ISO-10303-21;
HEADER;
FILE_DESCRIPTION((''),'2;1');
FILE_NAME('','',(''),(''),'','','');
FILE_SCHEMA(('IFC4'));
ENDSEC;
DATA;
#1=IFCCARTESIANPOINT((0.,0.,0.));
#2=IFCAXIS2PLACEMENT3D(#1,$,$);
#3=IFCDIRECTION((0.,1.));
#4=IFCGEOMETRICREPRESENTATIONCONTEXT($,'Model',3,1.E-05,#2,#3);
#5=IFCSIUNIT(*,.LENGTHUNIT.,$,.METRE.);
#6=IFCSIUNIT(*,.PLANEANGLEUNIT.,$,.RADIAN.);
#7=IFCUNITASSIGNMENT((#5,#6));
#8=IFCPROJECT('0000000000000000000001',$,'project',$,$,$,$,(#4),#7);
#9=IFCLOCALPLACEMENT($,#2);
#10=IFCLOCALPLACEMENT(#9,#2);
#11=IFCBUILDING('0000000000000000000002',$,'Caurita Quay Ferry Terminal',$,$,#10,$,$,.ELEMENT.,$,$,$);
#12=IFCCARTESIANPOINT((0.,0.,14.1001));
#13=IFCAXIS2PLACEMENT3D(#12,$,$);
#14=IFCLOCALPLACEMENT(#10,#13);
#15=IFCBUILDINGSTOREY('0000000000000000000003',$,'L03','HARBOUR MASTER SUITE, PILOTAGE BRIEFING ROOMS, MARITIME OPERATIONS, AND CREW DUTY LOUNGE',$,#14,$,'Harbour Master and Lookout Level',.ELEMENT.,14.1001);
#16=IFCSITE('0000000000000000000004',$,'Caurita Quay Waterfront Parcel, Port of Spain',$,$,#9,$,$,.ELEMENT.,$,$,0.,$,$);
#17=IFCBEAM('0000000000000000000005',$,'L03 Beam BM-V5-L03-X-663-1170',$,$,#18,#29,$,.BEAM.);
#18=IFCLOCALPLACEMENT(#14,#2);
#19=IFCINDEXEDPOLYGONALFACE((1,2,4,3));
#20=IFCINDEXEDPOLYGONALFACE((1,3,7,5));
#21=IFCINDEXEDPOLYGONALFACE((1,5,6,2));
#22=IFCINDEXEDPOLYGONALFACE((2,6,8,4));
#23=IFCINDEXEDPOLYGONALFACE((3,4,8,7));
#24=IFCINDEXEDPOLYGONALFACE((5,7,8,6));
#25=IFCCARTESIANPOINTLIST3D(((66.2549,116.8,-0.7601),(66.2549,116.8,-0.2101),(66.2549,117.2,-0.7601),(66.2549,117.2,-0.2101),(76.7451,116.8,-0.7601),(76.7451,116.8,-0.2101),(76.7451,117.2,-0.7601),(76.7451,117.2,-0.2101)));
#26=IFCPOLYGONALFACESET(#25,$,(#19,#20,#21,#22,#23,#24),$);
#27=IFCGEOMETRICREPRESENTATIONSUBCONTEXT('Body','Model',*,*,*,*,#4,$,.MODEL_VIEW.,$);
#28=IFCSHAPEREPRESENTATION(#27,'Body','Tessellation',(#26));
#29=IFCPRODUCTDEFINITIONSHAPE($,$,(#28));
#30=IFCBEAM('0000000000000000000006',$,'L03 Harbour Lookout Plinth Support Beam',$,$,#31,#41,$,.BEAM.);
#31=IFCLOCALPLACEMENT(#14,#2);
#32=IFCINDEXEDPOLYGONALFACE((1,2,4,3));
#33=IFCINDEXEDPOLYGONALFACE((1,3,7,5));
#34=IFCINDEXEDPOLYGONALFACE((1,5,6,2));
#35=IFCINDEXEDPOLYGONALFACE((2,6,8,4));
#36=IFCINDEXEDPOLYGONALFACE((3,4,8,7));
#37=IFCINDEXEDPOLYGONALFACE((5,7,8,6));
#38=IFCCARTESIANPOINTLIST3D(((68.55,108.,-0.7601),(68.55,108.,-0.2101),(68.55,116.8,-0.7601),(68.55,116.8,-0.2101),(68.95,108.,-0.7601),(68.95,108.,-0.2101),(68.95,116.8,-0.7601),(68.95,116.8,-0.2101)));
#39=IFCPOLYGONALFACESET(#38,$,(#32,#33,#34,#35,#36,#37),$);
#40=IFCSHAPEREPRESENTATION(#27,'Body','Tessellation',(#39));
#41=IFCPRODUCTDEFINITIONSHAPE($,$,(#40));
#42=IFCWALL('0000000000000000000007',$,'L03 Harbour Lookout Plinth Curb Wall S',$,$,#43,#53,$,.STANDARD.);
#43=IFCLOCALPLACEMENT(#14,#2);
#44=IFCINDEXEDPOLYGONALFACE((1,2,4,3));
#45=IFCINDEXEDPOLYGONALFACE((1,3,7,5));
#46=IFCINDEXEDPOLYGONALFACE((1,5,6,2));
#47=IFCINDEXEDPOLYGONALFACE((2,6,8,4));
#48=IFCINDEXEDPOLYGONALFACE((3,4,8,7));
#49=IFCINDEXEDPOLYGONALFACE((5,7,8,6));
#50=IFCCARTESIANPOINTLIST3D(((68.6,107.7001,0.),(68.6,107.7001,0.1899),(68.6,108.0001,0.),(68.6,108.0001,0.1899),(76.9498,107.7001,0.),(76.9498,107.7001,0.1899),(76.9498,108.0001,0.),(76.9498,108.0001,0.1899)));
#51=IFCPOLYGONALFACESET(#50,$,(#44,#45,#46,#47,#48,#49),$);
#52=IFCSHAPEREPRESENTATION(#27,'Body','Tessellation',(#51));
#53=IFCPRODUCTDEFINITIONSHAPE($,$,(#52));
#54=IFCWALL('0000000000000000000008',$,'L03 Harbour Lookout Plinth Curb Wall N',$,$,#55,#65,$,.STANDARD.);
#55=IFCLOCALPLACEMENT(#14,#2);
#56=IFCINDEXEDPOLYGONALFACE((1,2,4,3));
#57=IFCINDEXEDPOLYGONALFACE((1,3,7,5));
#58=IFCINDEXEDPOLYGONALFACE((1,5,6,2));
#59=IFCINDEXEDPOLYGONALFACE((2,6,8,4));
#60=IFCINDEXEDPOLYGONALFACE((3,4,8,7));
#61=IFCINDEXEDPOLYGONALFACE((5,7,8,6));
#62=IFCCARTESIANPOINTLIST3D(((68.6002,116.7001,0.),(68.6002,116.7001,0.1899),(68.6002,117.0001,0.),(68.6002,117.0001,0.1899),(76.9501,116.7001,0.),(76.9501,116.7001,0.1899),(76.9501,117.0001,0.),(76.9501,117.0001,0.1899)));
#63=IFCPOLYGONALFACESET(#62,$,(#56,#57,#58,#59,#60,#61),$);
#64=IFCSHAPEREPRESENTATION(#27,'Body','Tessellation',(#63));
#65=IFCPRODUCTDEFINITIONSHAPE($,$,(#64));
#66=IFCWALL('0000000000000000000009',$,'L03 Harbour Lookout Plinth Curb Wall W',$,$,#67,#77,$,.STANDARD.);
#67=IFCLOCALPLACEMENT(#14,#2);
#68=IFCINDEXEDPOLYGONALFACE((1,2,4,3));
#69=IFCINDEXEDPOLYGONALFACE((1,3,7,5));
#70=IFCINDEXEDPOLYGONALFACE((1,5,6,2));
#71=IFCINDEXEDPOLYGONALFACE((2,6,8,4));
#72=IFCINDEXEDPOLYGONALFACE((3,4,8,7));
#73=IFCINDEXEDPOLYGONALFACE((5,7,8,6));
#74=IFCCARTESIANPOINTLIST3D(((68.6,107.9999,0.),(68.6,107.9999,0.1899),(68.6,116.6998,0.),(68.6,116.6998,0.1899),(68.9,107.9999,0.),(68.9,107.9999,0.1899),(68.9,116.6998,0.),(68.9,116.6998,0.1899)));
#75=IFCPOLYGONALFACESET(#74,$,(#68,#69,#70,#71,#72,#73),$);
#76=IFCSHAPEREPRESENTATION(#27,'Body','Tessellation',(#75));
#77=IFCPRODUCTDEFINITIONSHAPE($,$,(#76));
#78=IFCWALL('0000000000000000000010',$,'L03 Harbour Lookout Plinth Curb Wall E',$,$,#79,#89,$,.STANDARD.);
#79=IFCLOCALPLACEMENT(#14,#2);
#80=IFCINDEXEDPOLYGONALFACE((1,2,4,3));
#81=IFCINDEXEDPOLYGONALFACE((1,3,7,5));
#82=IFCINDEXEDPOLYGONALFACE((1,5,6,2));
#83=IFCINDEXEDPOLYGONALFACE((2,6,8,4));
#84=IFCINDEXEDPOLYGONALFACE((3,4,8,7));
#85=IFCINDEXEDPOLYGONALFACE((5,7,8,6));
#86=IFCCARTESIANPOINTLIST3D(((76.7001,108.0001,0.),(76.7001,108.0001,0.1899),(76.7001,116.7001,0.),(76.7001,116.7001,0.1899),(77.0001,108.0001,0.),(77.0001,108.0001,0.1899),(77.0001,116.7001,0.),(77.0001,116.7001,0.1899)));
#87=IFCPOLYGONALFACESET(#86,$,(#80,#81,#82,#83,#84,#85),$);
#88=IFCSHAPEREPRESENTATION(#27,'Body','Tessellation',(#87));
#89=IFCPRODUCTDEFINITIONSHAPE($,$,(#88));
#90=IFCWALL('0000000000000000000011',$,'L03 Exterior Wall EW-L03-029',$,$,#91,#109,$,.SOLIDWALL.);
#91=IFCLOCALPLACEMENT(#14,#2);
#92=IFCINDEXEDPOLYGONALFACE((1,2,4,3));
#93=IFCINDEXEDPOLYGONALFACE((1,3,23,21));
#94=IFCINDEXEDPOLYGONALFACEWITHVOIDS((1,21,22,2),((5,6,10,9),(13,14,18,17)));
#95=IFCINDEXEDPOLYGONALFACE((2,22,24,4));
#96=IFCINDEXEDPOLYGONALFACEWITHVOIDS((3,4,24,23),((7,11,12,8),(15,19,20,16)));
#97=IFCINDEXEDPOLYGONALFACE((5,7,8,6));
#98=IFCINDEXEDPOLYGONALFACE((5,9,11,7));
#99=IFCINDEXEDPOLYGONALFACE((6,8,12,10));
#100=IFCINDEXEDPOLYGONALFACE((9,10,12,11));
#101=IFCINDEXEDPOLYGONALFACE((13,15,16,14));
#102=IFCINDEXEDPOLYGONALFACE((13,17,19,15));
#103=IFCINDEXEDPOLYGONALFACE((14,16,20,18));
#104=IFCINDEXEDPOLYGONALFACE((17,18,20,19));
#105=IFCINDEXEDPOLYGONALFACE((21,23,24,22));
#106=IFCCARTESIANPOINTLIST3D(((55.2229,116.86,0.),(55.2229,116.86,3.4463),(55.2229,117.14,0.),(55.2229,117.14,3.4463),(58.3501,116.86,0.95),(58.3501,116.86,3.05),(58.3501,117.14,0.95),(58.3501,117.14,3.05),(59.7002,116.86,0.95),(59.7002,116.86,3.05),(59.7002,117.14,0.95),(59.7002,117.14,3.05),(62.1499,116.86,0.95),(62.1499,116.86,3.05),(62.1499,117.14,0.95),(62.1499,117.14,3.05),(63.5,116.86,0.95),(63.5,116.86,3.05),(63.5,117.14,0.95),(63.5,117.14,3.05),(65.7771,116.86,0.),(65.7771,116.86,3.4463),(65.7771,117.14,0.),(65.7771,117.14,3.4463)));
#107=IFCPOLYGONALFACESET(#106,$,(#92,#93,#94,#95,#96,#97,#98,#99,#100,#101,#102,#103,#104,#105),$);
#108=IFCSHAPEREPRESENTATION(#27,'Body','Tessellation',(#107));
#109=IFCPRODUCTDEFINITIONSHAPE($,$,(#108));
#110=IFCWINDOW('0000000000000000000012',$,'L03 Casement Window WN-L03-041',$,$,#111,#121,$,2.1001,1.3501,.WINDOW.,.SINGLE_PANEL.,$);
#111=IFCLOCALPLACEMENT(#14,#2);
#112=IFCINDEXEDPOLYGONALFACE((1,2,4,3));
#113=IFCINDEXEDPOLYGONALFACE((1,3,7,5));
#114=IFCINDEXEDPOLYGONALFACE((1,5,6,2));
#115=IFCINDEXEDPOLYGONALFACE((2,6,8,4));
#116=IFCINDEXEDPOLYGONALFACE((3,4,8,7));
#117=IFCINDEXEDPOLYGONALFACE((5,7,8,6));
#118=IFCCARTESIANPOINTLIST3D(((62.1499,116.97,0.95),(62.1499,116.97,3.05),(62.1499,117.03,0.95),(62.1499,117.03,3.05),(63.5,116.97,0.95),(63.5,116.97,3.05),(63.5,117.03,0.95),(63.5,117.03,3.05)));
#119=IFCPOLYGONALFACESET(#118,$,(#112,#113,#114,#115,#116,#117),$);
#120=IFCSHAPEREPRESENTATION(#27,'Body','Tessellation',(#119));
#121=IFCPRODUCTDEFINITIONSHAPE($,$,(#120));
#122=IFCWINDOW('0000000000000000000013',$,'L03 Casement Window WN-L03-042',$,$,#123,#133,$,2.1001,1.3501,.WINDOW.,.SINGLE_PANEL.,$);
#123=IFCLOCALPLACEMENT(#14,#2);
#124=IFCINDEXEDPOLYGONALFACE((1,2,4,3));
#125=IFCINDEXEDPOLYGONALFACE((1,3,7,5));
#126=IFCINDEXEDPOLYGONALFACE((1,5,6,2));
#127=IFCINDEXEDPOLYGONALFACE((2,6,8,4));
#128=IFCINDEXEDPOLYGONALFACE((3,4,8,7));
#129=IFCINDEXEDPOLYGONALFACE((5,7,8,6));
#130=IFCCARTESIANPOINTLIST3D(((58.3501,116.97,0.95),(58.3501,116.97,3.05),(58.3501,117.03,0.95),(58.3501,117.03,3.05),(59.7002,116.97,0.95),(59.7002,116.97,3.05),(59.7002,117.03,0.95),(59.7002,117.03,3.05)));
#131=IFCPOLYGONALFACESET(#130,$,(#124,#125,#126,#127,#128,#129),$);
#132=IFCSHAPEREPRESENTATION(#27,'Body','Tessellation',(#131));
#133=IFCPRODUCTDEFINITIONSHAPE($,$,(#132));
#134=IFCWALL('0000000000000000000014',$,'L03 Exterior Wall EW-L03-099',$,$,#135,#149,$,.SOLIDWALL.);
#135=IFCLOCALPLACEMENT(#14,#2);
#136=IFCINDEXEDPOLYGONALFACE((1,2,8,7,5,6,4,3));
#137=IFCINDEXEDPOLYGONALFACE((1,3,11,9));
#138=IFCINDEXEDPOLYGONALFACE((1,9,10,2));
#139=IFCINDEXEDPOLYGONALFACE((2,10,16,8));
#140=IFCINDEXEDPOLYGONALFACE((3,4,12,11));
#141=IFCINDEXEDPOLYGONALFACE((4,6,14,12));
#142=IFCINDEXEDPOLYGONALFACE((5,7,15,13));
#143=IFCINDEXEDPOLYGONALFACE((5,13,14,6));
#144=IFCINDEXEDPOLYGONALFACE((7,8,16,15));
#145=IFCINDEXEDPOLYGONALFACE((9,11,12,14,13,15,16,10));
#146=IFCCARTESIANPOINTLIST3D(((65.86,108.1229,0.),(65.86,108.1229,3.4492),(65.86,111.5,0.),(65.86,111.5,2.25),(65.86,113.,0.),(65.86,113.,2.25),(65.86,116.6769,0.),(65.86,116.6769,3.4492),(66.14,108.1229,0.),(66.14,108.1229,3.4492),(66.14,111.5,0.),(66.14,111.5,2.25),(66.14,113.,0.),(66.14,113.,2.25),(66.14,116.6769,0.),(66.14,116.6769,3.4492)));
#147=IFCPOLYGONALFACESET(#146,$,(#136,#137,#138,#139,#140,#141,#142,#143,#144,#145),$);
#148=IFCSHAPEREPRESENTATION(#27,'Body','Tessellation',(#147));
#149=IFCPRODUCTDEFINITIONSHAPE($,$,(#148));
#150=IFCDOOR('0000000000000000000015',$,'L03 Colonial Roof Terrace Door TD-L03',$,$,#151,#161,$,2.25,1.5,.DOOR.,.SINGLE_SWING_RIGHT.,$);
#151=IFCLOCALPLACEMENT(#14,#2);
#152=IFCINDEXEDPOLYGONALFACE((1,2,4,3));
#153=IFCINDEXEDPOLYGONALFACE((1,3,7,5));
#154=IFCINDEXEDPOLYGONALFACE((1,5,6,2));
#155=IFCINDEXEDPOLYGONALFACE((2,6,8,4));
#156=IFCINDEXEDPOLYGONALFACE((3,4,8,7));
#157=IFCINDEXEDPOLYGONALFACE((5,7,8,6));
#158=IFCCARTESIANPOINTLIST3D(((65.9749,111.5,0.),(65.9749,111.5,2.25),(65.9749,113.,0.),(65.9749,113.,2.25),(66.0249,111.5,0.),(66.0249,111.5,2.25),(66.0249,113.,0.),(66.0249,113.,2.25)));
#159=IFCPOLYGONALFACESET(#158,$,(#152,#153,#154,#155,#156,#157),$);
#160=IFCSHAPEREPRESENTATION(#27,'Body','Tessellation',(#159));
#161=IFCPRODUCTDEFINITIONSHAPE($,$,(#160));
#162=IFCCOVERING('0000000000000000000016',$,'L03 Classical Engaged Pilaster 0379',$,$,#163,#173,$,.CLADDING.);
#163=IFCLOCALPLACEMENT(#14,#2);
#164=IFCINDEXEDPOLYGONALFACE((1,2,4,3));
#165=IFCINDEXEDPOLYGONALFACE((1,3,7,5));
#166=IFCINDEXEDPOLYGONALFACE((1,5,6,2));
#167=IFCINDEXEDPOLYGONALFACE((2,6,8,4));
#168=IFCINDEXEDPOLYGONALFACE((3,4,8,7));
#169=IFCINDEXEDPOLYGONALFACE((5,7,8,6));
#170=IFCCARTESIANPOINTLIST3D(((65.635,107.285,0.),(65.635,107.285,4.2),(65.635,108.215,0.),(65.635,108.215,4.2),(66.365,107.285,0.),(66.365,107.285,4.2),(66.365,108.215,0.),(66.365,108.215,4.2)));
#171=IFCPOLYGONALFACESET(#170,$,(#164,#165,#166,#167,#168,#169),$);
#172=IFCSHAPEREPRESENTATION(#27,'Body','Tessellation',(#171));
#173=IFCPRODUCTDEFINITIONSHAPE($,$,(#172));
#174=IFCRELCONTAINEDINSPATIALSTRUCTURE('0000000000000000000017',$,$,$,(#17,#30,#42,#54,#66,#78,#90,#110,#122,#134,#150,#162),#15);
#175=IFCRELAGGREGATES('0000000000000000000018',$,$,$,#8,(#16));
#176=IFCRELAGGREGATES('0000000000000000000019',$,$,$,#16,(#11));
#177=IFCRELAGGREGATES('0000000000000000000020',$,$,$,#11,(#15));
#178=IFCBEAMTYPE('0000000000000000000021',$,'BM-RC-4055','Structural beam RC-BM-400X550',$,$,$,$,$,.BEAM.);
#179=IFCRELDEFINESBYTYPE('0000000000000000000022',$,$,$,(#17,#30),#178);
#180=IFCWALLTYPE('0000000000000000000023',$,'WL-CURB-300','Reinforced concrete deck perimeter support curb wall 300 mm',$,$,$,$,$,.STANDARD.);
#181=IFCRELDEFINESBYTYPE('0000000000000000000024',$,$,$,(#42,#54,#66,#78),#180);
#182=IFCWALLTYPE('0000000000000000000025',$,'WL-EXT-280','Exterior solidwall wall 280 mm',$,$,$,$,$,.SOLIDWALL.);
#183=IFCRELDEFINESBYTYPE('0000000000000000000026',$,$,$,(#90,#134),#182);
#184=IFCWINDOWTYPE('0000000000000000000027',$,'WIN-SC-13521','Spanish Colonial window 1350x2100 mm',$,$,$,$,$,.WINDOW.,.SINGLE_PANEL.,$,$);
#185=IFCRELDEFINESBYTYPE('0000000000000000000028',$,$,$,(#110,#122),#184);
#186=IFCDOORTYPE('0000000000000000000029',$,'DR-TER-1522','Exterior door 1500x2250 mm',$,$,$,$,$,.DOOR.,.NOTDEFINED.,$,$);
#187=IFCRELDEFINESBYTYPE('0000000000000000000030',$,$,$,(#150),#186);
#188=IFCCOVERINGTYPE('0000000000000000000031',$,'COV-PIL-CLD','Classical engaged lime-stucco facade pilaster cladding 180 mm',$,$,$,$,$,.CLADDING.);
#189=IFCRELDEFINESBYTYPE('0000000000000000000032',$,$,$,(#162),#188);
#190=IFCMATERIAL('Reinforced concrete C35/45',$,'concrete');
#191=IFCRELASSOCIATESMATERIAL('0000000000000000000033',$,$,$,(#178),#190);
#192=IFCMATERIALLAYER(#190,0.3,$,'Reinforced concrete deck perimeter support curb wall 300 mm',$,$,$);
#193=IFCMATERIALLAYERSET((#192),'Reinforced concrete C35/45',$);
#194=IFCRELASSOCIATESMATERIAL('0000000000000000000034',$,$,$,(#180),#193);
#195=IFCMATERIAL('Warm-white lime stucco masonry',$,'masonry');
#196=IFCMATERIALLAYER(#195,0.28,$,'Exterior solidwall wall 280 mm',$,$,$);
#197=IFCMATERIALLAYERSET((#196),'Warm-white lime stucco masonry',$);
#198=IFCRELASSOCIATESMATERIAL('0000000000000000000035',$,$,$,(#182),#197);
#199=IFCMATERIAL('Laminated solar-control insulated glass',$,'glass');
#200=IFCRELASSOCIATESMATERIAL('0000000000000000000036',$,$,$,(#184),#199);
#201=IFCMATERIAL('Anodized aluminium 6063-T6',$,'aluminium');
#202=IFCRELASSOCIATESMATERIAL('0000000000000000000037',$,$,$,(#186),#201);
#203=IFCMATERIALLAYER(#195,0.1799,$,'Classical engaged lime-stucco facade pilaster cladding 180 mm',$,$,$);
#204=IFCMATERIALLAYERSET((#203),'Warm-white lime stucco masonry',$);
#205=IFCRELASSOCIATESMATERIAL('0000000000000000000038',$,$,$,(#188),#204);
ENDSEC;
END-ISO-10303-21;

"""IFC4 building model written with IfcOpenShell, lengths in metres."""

from ifc_helpers import new_model, si_unit, direction, frame, frame_2d, origin, origin_2d, place, context, subcontext, project, spatial, rectangle, extrude, material, layer, layer_set, material_profile, profile_set, type_object, element, fill, save


model = new_model("IFC4")

# Units and contexts
model_context = context("Model", 3, precision=1e-05, world=origin(), true_north=direction((0.0, 1.0)))
body_context = subcontext(model_context, "Body", "Model", "MODEL_VIEW")
ifc_project = project(units=[si_unit("LENGTHUNIT", "METRE"), si_unit("PLANEANGLEUNIT", "RADIAN")], contexts=[model_context])

# Site, building, storey
site_placement = place(None, origin())
site = spatial("IfcSite", under=ifc_project, at=site_placement, Name="Caurita Quay Waterfront Parcel, Port of Spain", CompositionType="ELEMENT", RefElevation=0.0)
building_placement = place(site_placement, origin())
building = spatial("IfcBuilding", under=site, at=building_placement, Name="Caurita Quay Ferry Terminal", CompositionType="ELEMENT")
storey_placement = place(building_placement, frame((0.0, 0.0, 14.1001)))
storey = spatial("IfcBuildingStorey", under=building, at=storey_placement, Name="L03", Description="HARBOUR MASTER SUITE, PILOTAGE BRIEFING ROOMS, MARITIME OPERATIONS, AND CREW DUTY LOUNGE", LongName="Harbour Master and Lookout Level", CompositionType="ELEMENT", Elevation=14.1001)

# Shared definitions
ifc_material_1 = material(Name="Reinforced concrete C35/45", Category="concrete")

# Beams
ifc_material_profile_1 = material_profile(ifc_material_1, rectangle(XDim=0.3999, YDim=0.55, at=origin_2d()), Name="RC-BM-400X550")
ifc_profile_set_1 = profile_set([ifc_material_profile_1], Name="Reinforced concrete C35/45")
beam_type_1 = type_object("IfcBeamType", Name="BM-RC-4055", Description="Structural beam RC-BM-400X550", PredefinedType="BEAM", material=ifc_profile_set_1)
for number, where, z_axis, x_axis, name in (
    (1, (66.2549, 117.0, -0.4851), (1.0, 0.0, 0.0), (0.0, 1.0, 0.0), "L03 Beam BM-V5-L03-X-663-1170"),
):
    element("IfcBeam", number, at=place(storey_placement, frame(where, z_axis=z_axis, x_axis=x_axis)), inside=storey, type_object=beam_type_1, Name=name, PredefinedType="BEAM", context=body_context, shape_type="SweptSolid", body=[
        extrude(rectangle(XDim=0.3999, YDim=0.55, at=origin_2d()), origin(), (0.0, 0.0, 1.0), 10.4902),
    ])
beam_1_placement = place(storey_placement, frame((68.75, 108.0, -0.4851), z_axis=(0.0, 1.0, 0.0), x_axis=(-1.0, 0.0, 0.0)))
element("IfcBeam", 2, at=beam_1_placement, inside=storey, type_object=beam_type_1, Name="L03 Harbour Lookout Plinth Support Beam", PredefinedType="BEAM", context=body_context, shape_type="SweptSolid", body=[
    extrude(rectangle(XDim=0.3999, YDim=0.55, at=origin_2d()), origin(), (0.0, 0.0, 1.0), 8.8),
])

# Walls
ifc_layer_1 = layer(ifc_material_1, 0.3, Name="Reinforced concrete deck perimeter support curb wall 300 mm")
ifc_layer_set_1 = layer_set([ifc_layer_1], Name="Reinforced concrete C35/45")
wall_type_1 = type_object("IfcWallType", Name="WL-CURB-300", Description="Reinforced concrete deck perimeter support curb wall 300 mm", PredefinedType="STANDARD", material=ifc_layer_set_1)
for number, where, z_axis, x_axis, name in (
    (3, (68.6001, 107.8501, 0.0), (0.0, 0.0, 1.0), (1.0, 0.0, 0.0), "L03 Harbour Lookout Plinth Curb Wall S"),
    (4, (76.95, 116.8501, 0.0), (0.0, 0.0, 1.0), (-1.0, 0.0, 0.0), "L03 Harbour Lookout Plinth Curb Wall N"),
):
    element("IfcWall", number, at=place(storey_placement, frame(where, z_axis=z_axis, x_axis=x_axis)), inside=storey, type_object=wall_type_1, Name=name, PredefinedType="STANDARD", context=body_context, shape_type="SweptSolid", body=[
        extrude(rectangle(XDim=8.3499, YDim=0.3, at=frame_2d((4.1748, 0.0))), origin(), (0.0, 0.0, 1.0), 0.1899),
    ])
for number, where, z_axis, x_axis, name in (
    (5, (68.75, 116.7, 0.0), (0.0, 0.0, 1.0), (0.0, -1.0, 0.0), "L03 Harbour Lookout Plinth Curb Wall W"),
    (6, (76.8501, 108.0, 0.0), (0.0, 0.0, 1.0), (0.0, 1.0, 0.0), "L03 Harbour Lookout Plinth Curb Wall E"),
):
    element("IfcWall", number, at=place(storey_placement, frame(where, z_axis=z_axis, x_axis=x_axis)), inside=storey, type_object=wall_type_1, Name=name, PredefinedType="STANDARD", context=body_context, shape_type="SweptSolid", body=[
        extrude(rectangle(XDim=8.7, YDim=0.3, at=frame_2d((4.3501, 0.0))), origin(), (0.0, 0.0, 1.0), 0.1899),
    ])

# Wall, openings, windows
ifc_material_2 = material(Name="Warm-white lime stucco masonry", Category="masonry")
ifc_layer_2 = layer(ifc_material_2, 0.28, Name="Exterior solidwall wall 280 mm")
ifc_layer_set_2 = layer_set([ifc_layer_2], Name="Warm-white lime stucco masonry")
wall_type_2 = type_object("IfcWallType", Name="WL-EXT-280", Description="Exterior solidwall wall 280 mm", PredefinedType="SOLIDWALL", material=ifc_layer_set_2)
wall_1_placement = place(storey_placement, frame((65.7771, 117.0, 0.0), z_axis=(0.0, 0.0, 1.0), x_axis=(-1.0, 0.0, 0.0)))
wall_1 = element("IfcWall", 7, at=wall_1_placement, inside=storey, type_object=wall_type_2, Name="L03 Exterior Wall EW-L03-029", PredefinedType="SOLIDWALL", context=body_context, shape_type="SweptSolid", body=[
    extrude(rectangle(XDim=10.5542, YDim=0.28, at=frame_2d((5.2771, 0.0))), origin(), (0.0, 0.0, 1.0), 3.4463),
])
opening_1_placement = place(wall_1_placement, frame((2.2771, 0.0, 0.95)))
opening_1 = element("IfcOpeningElement", 8, at=opening_1_placement, cuts=wall_1, PredefinedType="OPENING", context=body_context, shape_type="SweptSolid", body=[
    extrude(rectangle(XDim=1.3501, YDim=2.1001, at=frame_2d((0.675, 1.05))), frame((0.0, 0.1499, 0.0), z_axis=(0.0, -1.0, 0.0), x_axis=(1.0, 0.0, 0.0)), (0.0, 0.0, 1.0), 0.3),
])
opening_2_placement = place(wall_1_placement, frame((6.0769, 0.0, 0.95)))
opening_2 = element("IfcOpeningElement", 9, at=opening_2_placement, cuts=wall_1, PredefinedType="OPENING", context=body_context, shape_type="SweptSolid", body=[
    extrude(rectangle(XDim=1.3501, YDim=2.1001, at=frame_2d((0.675, 1.05))), frame((0.0, 0.1499, 0.0), z_axis=(0.0, -1.0, 0.0), x_axis=(1.0, 0.0, 0.0)), (0.0, 0.0, 1.0), 0.3),
])
ifc_material_3 = material(Name="Laminated solar-control insulated glass", Category="glass")
window_type = type_object("IfcWindowType", Name="WIN-SC-13521", Description="Spanish Colonial window 1350x2100 mm", PartitioningType="SINGLE_PANEL", PredefinedType="WINDOW", material=ifc_material_3)
window_1_placement = place(opening_1_placement, origin())
window_1 = element("IfcWindow", 10, at=window_1_placement, inside=storey, type_object=window_type, Name="L03 Casement Window WN-L03-041", OverallHeight=2.1001, OverallWidth=1.3501, PartitioningType="SINGLE_PANEL", PredefinedType="WINDOW", context=body_context, shape_type="SweptSolid", body=[
    extrude(rectangle(XDim=1.3501, YDim=2.1001, at=frame_2d((0.675, 1.05))), frame((0.0, 0.03, 0.0), z_axis=(0.0, -1.0, 0.0), x_axis=(1.0, 0.0, 0.0)), (0.0, 0.0, 1.0), 0.0601),
])
fill(opening_1, window_1)
window_2_placement = place(opening_2_placement, origin())
window_2 = element("IfcWindow", 11, at=window_2_placement, inside=storey, type_object=window_type, Name="L03 Casement Window WN-L03-042", OverallHeight=2.1001, OverallWidth=1.3501, PartitioningType="SINGLE_PANEL", PredefinedType="WINDOW", context=body_context, shape_type="SweptSolid", body=[
    extrude(rectangle(XDim=1.3501, YDim=2.1001, at=frame_2d((0.675, 1.05))), frame((0.0, 0.03, 0.0), z_axis=(0.0, -1.0, 0.0), x_axis=(1.0, 0.0, 0.0)), (0.0, 0.0, 1.0), 0.0601),
])
fill(opening_2, window_2)

# Wall, opening, door
wall_2_placement = place(storey_placement, frame((66.0, 108.123, 0.0), z_axis=(0.0, 0.0, 1.0), x_axis=(0.0, 1.0, 0.0)))
wall_2 = element("IfcWall", 12, at=wall_2_placement, inside=storey, type_object=wall_type_2, Name="L03 Exterior Wall EW-L03-099", PredefinedType="SOLIDWALL", context=body_context, shape_type="SweptSolid", body=[
    extrude(rectangle(XDim=8.554, YDim=0.28, at=frame_2d((4.2769, 0.0))), origin(), (0.0, 0.0, 1.0), 3.4492),
])
opening_3_placement = place(wall_2_placement, frame((3.377, 0.0, 0.0)))
opening_3 = element("IfcOpeningElement", 13, at=opening_3_placement, cuts=wall_2, PredefinedType="OPENING", context=body_context, shape_type="SweptSolid", body=[
    extrude(rectangle(XDim=1.5, YDim=2.25, at=frame_2d((0.75, 1.125))), frame((0.0, 0.1499, 0.0), z_axis=(0.0, -1.0, 0.0), x_axis=(1.0, 0.0, 0.0)), (0.0, 0.0, 1.0), 0.3),
])
ifc_material_4 = material(Name="Anodized aluminium 6063-T6", Category="aluminium")
door_type = type_object("IfcDoorType", Name="DR-TER-1522", Description="Exterior door 1500x2250 mm", OperationType="NOTDEFINED", PredefinedType="DOOR", material=ifc_material_4)
door_placement = place(opening_3_placement, frame((1.5, 0.0, 0.0), z_axis=(0.0, 0.0, 1.0), x_axis=(-1.0, 0.0, 0.0)))
door = element("IfcDoor", 14, at=door_placement, inside=storey, type_object=door_type, Name="L03 Colonial Roof Terrace Door TD-L03", OperationType="SINGLE_SWING_RIGHT", OverallHeight=2.25, OverallWidth=1.5, PredefinedType="DOOR", context=body_context, shape_type="SweptSolid", body=[
    extrude(rectangle(XDim=1.5, YDim=2.25, at=frame_2d((0.75, 1.125))), frame((0.0, 0.0249, 0.0), z_axis=(0.0, -1.0, 0.0), x_axis=(1.0, 0.0, 0.0)), (0.0, 0.0, 1.0), 0.05),
])
fill(opening_3, door)

# Covering
ifc_layer_3 = layer(ifc_material_2, 0.1799, Name="Classical engaged lime-stucco facade pilaster cladding 180 mm")
ifc_layer_set_3 = layer_set([ifc_layer_3], Name="Warm-white lime stucco masonry")
covering_type = type_object("IfcCoveringType", Name="COV-PIL-CLD", Description="Classical engaged lime-stucco facade pilaster cladding 180 mm", PredefinedType="CLADDING", material=ifc_layer_set_3)
for number, where, z_axis, x_axis, name in (
    (15, (66.0, 107.75, 0.0), (0.0, 0.0, 1.0), (1.0, 0.0, 0.0), "L03 Classical Engaged Pilaster 0379"),
):
    element("IfcCovering", number, at=place(storey_placement, frame(where, z_axis=z_axis, x_axis=x_axis)), inside=storey, type_object=covering_type, Name=name, PredefinedType="CLADDING", context=body_context, shape_type="SweptSolid", body=[
        extrude(rectangle(XDim=0.73, YDim=0.9299, at=origin_2d()), origin(), (0.0, 0.0, 1.0), 4.2),
    ])

save(model, "model.ifc")
